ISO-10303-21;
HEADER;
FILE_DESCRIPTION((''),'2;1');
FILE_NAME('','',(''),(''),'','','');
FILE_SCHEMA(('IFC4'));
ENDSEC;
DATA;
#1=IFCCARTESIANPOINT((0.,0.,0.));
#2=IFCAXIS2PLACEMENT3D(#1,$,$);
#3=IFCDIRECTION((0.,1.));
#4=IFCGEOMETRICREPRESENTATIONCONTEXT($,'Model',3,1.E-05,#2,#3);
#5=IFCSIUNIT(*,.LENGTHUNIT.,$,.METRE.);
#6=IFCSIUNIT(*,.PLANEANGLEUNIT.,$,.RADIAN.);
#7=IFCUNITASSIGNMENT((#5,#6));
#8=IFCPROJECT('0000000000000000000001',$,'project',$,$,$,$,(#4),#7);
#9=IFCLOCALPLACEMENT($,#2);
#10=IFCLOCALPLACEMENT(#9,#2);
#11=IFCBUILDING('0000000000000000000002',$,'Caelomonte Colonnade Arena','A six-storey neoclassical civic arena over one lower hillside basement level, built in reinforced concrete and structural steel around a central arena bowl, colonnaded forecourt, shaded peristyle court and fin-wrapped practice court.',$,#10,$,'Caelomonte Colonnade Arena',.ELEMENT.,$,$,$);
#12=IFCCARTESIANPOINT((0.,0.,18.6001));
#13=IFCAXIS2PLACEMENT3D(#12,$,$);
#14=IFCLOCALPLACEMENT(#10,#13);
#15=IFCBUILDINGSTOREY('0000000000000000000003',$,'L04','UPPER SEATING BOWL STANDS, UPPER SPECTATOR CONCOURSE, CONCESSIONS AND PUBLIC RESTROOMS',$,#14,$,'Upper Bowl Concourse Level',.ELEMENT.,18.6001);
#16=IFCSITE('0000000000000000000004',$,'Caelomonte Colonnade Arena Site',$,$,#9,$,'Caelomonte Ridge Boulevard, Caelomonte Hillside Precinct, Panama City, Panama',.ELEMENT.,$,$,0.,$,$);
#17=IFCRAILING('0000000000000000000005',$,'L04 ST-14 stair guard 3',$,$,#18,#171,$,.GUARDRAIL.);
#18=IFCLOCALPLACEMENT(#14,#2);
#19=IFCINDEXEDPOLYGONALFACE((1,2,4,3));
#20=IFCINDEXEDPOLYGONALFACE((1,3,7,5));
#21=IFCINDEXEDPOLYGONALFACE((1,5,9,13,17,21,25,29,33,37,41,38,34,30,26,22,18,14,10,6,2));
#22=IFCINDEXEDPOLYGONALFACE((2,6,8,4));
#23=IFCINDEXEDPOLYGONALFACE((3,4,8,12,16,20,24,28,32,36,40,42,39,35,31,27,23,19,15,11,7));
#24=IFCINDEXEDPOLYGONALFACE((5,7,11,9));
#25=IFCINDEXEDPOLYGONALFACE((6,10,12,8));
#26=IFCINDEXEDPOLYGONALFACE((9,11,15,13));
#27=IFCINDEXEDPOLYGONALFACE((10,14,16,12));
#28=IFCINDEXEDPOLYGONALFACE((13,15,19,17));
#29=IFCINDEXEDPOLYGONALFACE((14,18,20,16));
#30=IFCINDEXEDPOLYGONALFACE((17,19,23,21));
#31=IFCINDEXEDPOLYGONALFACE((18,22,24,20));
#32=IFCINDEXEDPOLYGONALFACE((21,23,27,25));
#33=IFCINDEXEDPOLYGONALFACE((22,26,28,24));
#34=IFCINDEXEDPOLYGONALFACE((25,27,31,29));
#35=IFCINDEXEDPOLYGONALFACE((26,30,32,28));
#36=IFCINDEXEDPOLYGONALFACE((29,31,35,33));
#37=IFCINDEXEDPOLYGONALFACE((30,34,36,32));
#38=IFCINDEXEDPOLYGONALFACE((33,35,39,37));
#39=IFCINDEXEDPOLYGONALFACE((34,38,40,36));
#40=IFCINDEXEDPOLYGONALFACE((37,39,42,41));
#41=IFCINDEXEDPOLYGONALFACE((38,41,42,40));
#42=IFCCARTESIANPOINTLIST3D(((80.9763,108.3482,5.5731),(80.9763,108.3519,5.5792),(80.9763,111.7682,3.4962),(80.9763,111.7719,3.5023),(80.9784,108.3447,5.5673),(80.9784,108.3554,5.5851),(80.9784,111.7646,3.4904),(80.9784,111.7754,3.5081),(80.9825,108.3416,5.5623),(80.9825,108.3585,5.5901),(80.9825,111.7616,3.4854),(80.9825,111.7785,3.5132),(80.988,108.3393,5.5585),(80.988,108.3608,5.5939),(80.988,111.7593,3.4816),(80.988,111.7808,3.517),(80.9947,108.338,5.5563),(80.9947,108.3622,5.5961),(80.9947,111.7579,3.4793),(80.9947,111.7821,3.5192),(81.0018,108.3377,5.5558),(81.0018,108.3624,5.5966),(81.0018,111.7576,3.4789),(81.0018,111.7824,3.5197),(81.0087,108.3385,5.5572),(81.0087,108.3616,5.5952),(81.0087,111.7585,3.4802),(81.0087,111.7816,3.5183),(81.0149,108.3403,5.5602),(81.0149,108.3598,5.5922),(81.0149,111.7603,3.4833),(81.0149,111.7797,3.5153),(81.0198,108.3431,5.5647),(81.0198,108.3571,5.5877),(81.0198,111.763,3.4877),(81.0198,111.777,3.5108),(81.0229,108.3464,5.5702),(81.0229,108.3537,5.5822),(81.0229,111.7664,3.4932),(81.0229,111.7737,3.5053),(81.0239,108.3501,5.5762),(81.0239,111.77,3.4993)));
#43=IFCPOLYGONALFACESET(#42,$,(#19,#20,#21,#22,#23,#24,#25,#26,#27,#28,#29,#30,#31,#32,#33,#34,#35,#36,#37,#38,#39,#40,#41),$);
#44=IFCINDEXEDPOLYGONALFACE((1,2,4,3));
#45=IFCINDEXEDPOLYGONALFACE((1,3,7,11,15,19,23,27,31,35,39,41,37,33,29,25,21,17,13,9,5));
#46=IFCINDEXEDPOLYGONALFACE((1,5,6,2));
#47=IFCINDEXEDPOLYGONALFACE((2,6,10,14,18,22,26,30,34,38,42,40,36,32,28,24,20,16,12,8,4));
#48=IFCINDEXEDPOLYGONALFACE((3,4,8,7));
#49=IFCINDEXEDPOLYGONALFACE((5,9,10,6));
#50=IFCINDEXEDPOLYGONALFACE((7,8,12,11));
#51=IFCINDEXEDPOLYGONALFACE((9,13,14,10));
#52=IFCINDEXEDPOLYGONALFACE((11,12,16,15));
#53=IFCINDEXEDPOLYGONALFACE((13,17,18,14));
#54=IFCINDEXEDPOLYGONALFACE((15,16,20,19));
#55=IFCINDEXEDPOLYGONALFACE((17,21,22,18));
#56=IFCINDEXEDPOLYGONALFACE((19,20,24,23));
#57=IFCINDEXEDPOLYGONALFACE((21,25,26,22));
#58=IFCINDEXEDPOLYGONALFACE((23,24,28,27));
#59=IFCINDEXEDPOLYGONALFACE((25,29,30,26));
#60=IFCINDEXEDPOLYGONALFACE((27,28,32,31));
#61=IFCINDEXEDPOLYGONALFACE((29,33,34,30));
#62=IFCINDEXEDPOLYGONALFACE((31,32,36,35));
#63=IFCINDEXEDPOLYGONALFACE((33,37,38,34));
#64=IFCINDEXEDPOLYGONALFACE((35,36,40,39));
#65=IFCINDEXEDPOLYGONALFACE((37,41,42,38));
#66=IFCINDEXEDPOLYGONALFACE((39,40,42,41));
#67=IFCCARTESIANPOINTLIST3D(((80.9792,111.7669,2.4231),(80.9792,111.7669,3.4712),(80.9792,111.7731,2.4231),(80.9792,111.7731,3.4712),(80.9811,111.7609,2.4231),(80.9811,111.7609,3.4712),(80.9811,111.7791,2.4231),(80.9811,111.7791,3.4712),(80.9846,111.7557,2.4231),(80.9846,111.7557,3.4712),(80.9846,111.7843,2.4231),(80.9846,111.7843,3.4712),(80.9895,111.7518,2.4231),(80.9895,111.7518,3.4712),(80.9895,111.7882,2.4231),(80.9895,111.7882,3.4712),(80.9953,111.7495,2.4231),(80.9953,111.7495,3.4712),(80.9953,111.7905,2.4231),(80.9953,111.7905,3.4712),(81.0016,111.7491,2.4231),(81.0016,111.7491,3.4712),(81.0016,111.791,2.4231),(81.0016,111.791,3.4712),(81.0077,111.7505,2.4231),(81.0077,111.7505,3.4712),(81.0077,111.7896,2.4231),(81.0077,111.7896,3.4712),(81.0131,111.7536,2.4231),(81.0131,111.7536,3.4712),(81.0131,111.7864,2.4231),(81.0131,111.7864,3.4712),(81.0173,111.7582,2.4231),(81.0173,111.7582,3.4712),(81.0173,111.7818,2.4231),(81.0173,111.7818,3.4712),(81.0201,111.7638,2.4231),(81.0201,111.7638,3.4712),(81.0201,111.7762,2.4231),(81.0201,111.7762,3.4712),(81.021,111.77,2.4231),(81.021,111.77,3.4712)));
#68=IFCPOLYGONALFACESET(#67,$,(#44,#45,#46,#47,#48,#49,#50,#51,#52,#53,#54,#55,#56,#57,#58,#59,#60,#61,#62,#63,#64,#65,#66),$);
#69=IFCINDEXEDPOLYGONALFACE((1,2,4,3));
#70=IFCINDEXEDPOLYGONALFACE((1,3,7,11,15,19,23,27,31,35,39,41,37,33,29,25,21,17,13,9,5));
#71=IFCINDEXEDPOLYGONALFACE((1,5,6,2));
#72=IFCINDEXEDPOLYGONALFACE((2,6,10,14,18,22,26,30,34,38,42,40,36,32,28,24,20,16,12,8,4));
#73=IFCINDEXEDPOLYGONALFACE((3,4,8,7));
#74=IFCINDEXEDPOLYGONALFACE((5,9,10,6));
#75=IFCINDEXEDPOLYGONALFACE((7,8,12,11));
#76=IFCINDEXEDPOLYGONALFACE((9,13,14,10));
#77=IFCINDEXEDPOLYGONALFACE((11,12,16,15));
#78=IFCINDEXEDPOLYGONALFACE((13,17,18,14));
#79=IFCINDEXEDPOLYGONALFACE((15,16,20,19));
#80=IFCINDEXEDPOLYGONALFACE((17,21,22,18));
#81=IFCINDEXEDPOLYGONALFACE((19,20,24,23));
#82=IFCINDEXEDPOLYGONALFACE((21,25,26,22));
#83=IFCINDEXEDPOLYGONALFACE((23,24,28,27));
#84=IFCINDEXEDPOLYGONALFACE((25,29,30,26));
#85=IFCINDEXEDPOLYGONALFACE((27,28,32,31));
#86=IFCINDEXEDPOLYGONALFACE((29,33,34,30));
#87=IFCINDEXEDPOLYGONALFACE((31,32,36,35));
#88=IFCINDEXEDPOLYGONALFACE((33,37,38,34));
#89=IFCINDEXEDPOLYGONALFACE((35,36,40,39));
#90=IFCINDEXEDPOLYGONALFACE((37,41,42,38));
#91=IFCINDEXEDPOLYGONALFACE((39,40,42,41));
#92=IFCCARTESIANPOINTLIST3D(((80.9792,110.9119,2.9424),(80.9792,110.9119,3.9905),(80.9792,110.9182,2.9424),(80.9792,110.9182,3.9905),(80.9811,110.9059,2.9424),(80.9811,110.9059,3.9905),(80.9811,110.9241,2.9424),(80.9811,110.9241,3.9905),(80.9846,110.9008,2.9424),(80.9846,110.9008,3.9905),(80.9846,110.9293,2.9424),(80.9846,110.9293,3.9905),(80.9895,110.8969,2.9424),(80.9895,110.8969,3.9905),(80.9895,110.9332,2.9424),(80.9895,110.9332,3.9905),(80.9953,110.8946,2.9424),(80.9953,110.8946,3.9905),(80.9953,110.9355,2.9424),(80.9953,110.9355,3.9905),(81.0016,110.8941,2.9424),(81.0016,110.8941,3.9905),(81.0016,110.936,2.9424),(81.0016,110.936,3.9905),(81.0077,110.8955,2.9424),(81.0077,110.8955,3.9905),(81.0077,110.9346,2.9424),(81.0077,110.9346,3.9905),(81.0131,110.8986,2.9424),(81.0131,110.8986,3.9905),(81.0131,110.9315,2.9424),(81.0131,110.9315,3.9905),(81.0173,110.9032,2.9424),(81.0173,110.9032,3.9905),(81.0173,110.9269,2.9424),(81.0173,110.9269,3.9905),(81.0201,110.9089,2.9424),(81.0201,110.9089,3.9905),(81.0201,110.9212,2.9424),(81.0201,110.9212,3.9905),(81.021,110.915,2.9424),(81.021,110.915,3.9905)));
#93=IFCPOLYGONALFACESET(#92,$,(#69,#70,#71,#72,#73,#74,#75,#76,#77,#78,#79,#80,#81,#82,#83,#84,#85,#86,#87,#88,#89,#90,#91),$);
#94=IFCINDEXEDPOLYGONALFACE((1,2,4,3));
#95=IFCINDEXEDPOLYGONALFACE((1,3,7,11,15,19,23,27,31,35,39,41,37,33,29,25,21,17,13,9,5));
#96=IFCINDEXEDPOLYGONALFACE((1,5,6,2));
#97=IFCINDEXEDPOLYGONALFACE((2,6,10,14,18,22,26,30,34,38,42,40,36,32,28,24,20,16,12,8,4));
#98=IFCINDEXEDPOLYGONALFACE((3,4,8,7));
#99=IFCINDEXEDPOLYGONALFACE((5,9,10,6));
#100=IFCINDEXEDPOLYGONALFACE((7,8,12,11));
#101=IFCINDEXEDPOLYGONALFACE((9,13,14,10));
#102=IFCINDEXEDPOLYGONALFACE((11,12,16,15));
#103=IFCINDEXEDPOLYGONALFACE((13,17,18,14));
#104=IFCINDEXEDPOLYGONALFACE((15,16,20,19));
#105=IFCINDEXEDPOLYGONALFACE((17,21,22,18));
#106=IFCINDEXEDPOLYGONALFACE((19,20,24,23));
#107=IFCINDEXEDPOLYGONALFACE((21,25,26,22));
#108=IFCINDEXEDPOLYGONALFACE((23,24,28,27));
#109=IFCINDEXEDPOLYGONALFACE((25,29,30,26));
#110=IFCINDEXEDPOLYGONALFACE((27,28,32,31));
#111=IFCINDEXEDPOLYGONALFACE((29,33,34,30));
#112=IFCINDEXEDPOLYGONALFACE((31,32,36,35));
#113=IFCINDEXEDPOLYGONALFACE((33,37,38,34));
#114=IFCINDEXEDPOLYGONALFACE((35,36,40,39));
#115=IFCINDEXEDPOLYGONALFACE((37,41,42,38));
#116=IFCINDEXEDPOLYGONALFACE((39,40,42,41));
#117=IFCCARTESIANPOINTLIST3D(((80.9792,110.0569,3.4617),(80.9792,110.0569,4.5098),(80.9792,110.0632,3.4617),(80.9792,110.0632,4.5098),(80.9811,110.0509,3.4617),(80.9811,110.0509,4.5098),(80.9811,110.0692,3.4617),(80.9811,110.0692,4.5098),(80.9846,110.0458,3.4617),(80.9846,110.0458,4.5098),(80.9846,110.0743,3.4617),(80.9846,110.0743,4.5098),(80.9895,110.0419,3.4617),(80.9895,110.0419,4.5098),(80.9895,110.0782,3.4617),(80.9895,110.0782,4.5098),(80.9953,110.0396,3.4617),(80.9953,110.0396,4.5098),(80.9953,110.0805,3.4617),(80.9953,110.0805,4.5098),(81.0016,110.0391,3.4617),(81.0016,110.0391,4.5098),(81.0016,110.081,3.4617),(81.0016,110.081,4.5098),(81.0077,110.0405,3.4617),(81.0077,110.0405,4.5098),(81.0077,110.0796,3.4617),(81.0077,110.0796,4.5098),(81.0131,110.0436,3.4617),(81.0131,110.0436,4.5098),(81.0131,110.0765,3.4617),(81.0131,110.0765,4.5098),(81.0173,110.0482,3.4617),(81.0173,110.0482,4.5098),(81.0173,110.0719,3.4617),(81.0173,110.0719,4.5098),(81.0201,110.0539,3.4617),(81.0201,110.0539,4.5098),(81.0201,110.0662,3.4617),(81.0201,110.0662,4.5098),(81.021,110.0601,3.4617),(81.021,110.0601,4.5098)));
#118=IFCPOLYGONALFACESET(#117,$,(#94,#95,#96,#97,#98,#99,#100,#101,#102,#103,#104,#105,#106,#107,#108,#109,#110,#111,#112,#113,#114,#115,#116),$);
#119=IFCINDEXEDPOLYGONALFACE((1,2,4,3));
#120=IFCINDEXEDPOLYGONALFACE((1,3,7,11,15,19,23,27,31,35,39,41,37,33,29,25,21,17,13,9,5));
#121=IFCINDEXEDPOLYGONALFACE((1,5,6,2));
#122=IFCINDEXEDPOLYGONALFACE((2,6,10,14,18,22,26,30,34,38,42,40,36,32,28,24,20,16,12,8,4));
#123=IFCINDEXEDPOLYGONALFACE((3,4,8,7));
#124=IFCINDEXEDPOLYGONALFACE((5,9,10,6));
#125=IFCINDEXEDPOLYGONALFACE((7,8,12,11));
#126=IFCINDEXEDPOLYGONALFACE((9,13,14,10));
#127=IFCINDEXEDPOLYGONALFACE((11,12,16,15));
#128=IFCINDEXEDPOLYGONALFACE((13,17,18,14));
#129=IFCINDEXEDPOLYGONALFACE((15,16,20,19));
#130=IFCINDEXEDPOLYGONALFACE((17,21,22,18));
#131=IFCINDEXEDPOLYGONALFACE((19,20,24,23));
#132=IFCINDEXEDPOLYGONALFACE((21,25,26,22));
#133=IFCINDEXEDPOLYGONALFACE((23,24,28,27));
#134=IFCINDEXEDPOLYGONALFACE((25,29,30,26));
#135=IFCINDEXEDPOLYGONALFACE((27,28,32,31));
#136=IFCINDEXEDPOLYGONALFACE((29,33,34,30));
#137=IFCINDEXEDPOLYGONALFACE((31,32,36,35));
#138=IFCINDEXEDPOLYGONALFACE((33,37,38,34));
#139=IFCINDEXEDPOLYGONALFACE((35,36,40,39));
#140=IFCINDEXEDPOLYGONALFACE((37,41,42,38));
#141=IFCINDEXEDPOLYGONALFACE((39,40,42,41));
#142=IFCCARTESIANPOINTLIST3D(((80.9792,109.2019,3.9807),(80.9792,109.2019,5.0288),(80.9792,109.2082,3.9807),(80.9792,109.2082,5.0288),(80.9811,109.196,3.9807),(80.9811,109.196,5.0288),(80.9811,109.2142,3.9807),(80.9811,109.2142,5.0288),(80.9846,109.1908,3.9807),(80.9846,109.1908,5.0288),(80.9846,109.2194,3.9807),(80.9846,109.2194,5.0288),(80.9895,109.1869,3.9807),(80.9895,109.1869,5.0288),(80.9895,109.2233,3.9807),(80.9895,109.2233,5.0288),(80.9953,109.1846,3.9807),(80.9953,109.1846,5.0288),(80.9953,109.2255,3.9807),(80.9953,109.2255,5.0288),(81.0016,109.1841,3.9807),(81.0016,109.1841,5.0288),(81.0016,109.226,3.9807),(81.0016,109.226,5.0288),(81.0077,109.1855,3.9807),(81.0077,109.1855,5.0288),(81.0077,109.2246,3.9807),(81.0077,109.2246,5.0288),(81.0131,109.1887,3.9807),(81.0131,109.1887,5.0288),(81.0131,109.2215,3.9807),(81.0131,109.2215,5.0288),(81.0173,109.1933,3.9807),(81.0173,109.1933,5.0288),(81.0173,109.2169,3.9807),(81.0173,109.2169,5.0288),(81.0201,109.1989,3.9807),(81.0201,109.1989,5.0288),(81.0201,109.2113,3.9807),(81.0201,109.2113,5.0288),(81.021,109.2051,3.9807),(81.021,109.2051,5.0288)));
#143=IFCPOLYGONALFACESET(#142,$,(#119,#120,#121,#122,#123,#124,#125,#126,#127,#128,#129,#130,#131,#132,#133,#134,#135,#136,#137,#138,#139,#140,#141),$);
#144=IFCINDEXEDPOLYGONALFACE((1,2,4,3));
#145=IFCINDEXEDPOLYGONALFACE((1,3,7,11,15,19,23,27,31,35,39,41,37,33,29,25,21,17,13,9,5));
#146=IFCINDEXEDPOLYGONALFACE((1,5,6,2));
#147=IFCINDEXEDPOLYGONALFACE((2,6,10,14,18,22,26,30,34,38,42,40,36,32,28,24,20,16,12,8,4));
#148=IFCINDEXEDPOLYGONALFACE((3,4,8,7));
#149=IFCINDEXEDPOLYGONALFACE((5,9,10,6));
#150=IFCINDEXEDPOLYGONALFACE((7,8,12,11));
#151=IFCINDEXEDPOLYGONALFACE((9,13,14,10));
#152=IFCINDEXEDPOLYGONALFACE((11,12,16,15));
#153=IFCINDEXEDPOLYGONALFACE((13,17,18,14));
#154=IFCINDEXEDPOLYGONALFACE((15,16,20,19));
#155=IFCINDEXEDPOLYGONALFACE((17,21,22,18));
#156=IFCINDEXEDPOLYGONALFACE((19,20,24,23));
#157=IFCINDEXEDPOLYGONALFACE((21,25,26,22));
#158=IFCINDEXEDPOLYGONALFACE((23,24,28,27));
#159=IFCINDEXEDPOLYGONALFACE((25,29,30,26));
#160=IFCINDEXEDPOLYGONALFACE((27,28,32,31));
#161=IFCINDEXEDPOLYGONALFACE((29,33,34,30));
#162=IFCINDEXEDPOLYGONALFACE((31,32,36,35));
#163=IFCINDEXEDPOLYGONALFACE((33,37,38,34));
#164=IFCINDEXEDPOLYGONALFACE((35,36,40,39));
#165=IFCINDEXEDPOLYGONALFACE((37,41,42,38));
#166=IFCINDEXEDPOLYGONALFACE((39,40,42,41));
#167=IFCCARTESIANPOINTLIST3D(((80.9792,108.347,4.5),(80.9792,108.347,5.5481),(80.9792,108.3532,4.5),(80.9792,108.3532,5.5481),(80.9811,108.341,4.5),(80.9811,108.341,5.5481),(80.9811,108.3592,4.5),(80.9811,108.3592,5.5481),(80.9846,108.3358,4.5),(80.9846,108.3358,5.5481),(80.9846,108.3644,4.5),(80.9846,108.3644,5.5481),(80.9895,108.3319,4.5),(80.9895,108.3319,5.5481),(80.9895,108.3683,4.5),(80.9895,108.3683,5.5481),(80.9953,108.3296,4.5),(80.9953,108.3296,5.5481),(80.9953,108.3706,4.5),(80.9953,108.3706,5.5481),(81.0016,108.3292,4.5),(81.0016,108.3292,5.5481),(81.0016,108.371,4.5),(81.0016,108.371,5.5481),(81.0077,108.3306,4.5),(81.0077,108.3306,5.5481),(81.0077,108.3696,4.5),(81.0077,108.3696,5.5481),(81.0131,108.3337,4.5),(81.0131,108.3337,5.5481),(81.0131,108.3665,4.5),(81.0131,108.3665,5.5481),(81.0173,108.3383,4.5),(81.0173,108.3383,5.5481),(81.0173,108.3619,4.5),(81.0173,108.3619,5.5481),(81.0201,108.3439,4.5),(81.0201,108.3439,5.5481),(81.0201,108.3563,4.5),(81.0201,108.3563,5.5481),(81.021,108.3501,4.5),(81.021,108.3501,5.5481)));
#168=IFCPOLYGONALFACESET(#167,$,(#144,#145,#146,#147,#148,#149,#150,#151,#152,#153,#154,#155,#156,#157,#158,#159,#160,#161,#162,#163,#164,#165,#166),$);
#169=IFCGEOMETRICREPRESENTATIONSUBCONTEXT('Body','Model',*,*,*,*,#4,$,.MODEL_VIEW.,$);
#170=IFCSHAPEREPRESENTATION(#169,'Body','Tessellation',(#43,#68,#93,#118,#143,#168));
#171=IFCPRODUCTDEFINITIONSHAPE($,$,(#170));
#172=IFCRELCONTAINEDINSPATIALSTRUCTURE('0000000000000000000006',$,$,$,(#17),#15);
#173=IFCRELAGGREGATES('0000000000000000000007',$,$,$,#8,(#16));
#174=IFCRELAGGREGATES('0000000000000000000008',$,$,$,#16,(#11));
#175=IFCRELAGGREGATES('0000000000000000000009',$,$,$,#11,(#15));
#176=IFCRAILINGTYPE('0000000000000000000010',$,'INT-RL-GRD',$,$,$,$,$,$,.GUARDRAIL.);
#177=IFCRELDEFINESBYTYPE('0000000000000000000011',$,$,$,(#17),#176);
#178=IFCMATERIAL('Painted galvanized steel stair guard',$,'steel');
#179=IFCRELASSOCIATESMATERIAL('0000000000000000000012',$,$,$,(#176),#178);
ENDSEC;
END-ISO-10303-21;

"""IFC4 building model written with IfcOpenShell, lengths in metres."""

from ifc_helpers import new_model, si_unit, direction, frame, origin, origin_2d, place, context, subcontext, project, spatial, circle, extrude, material, type_object, element, save


model = new_model("IFC4")

# Units and contexts
model_context = context("Model", 3, precision=1e-05, world=origin(), true_north=direction((0.0, 1.0)))
body_context = subcontext(model_context, "Body", "Model", "MODEL_VIEW")
ifc_project = project(units=[si_unit("LENGTHUNIT", "METRE"), si_unit("PLANEANGLEUNIT", "RADIAN")], contexts=[model_context])

# Site, building, storey
site_placement = place(None, origin())
site = spatial("IfcSite", under=ifc_project, at=site_placement, Name="Caelomonte Colonnade Arena Site", LongName="Caelomonte Ridge Boulevard, Caelomonte Hillside Precinct, Panama City, Panama", CompositionType="ELEMENT", RefElevation=0.0)
building_placement = place(site_placement, origin())
building = spatial("IfcBuilding", under=site, at=building_placement, Name="Caelomonte Colonnade Arena", Description="A six-storey neoclassical civic arena over one lower hillside basement level, built in reinforced concrete and structural steel around a central arena bowl, colonnaded forecourt, shaded peristyle court and fin-wrapped practice court.", LongName="Caelomonte Colonnade Arena", CompositionType="ELEMENT")
storey_placement = place(building_placement, frame((0.0, 0.0, 18.6001)))
storey = spatial("IfcBuildingStorey", under=building, at=storey_placement, Name="L04", Description="UPPER SEATING BOWL STANDS, UPPER SPECTATOR CONCOURSE, CONCESSIONS AND PUBLIC RESTROOMS", LongName="Upper Bowl Concourse Level", CompositionType="ELEMENT", Elevation=18.6001)

# Railing
ifc_material_1 = material(Name="Painted galvanized steel stair guard", Category="steel")
railing_type_1 = type_object("IfcRailingType", Name="INT-RL-GRD", PredefinedType="GUARDRAIL", material=ifc_material_1)
railing_1_placement = place(storey_placement, frame((81.0, 111.77, 2.4231)))
element("IfcRailing", 1, at=railing_1_placement, inside=storey, type_object=railing_type_1, Name="L04 ST-14 stair guard 3", PredefinedType="GUARDRAIL", context=body_context, shape_type="SweptSolid", body=[
    extrude(circle(Radius=0.0239, at=origin_2d()), frame((0.0, 0.0, 1.0762), z_axis=(0.0, -0.85473, 0.519074), x_axis=(1.0, 0.0, 0.0)), (0.0, 0.0, 1.0), 4.0012),
    extrude(circle(Radius=0.021, at=origin_2d()), origin(), (0.0, 0.0, 1.0), 1.0481),
    extrude(circle(Radius=0.021, at=origin_2d()), frame((0.0, -0.855, 0.5193)), (0.0, 0.0, 1.0), 1.0481),
    extrude(circle(Radius=0.021, at=origin_2d()), frame((0.0, -1.71, 1.0386)), (0.0, 0.0, 1.0), 1.0481),
    extrude(circle(Radius=0.021, at=origin_2d()), frame((0.0, -2.5649, 1.5576)), (0.0, 0.0, 1.0), 1.0481),
    extrude(circle(Radius=0.021, at=origin_2d()), frame((0.0, -3.4199, 2.0769)), (0.0, 0.0, 1.0), 1.0481),
])

save(model, "model.ifc")
